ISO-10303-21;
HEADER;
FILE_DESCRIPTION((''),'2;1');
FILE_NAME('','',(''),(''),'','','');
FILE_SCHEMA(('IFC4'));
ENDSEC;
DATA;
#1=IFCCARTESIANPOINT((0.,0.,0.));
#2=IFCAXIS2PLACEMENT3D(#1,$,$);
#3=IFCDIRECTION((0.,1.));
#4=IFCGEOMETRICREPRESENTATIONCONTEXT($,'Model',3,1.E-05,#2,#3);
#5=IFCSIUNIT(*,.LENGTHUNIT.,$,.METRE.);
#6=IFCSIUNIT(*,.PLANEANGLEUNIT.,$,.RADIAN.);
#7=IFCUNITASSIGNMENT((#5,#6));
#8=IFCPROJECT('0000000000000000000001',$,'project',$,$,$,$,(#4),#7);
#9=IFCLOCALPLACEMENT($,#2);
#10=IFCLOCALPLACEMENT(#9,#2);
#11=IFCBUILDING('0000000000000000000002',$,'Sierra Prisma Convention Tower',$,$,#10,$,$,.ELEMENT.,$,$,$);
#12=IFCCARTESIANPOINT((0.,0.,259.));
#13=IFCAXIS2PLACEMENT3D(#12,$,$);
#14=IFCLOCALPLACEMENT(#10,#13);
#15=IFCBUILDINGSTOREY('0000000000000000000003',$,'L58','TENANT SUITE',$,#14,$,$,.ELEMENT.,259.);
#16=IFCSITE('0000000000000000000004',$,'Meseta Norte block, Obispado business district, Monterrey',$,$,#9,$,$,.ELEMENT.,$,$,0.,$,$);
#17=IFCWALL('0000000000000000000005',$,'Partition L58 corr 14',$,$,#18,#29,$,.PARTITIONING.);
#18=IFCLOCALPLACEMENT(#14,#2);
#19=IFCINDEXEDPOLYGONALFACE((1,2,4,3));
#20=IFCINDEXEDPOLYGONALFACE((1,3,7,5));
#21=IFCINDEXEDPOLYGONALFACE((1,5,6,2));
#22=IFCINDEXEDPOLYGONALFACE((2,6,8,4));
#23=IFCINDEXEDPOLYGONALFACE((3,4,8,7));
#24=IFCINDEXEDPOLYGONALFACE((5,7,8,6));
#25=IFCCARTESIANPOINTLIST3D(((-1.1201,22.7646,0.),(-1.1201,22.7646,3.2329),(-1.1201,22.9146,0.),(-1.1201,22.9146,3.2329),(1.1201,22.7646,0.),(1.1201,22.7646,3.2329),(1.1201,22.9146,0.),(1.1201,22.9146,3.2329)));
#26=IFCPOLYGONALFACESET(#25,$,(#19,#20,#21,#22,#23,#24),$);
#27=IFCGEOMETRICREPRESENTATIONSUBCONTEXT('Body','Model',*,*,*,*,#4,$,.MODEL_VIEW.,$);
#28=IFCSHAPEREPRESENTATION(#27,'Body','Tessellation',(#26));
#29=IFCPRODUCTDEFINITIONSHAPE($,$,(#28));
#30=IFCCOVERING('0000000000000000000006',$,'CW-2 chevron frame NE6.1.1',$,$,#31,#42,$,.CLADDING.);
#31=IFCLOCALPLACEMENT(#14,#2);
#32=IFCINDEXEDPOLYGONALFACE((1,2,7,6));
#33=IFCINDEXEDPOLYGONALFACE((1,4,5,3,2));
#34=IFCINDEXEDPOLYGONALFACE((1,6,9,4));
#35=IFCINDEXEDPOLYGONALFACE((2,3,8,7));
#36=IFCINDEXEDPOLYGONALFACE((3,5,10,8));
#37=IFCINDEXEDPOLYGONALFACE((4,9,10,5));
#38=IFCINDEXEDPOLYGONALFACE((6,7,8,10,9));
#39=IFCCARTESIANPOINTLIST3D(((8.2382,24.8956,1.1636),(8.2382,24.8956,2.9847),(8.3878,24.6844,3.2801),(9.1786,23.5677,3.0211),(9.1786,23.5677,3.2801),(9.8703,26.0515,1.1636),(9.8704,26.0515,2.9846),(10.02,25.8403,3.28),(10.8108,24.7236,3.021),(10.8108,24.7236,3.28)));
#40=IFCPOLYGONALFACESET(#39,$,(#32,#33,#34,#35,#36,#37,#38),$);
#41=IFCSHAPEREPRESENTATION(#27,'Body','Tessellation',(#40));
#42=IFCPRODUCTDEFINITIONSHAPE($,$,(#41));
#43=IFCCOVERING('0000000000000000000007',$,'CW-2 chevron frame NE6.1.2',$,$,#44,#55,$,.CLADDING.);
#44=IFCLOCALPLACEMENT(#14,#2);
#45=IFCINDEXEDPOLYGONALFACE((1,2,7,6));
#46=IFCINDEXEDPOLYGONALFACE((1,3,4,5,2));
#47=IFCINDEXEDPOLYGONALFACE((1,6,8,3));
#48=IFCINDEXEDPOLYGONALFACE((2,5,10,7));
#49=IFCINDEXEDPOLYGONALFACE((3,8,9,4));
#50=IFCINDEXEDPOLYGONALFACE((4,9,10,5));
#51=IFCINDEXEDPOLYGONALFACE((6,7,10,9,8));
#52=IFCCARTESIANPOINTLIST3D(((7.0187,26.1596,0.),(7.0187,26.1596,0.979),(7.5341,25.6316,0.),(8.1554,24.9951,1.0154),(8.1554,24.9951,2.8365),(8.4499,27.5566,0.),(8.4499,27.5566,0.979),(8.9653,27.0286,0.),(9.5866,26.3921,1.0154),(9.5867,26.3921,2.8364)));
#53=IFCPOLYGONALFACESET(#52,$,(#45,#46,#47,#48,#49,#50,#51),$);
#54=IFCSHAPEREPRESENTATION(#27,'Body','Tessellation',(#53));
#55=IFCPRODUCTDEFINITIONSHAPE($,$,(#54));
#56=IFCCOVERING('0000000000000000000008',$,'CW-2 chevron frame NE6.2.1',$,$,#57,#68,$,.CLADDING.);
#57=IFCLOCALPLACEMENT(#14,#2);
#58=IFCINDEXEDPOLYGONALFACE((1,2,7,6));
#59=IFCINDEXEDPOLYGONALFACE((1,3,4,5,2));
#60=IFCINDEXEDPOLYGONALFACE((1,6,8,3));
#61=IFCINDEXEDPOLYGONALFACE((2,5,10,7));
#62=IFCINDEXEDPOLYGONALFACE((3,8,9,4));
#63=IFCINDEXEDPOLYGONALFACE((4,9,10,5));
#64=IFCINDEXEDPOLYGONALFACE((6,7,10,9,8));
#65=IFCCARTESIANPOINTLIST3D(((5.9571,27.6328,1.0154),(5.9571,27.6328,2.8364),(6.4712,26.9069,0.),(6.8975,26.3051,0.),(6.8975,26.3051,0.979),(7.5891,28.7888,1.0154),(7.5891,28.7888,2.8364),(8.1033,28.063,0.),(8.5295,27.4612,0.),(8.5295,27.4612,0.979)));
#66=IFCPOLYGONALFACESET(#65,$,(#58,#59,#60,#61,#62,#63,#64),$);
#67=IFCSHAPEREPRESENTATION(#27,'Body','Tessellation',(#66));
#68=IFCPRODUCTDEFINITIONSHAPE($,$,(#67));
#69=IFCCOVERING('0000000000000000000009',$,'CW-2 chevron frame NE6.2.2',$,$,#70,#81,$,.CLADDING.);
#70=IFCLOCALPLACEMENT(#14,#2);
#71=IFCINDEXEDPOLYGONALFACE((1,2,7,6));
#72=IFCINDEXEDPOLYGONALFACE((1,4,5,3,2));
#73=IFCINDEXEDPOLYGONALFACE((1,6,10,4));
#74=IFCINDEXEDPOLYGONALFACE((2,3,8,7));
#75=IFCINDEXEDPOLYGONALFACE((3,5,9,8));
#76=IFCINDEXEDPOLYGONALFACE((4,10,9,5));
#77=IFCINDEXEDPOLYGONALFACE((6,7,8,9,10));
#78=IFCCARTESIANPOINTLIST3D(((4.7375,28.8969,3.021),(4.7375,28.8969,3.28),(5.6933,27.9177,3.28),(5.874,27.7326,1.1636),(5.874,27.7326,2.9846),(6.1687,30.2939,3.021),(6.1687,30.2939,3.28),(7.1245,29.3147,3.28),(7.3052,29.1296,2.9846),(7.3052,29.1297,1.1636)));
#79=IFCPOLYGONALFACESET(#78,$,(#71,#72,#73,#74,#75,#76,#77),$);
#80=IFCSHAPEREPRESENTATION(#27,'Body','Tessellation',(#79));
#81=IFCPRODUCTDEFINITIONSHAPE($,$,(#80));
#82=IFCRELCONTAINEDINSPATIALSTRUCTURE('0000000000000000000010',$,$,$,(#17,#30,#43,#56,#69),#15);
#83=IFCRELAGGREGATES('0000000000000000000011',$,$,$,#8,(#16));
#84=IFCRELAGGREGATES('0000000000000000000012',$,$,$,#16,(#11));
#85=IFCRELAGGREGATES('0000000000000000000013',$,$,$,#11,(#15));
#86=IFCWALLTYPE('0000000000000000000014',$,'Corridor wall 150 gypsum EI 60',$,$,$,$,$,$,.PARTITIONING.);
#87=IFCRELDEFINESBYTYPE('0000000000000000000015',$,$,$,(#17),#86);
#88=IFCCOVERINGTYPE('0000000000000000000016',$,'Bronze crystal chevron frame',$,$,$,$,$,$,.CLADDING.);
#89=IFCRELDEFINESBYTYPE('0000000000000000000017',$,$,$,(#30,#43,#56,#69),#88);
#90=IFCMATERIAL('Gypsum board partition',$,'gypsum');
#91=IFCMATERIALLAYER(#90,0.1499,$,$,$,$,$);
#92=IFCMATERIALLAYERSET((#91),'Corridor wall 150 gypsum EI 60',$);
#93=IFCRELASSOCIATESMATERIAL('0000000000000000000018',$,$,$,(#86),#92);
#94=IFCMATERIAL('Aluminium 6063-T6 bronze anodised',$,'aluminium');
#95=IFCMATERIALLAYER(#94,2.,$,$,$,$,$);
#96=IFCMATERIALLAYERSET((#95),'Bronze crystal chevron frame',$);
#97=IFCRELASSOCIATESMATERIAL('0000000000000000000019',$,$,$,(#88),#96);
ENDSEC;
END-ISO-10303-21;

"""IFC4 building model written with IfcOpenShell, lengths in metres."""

from ifc_helpers import new_model, si_unit, direction, frame, frame_2d, origin, place, context, subcontext, project, spatial, polyline, rectangle, outline, extrude, material, layer, layer_set, type_object, element, save


model = new_model("IFC4")

# Units and contexts
model_context = context("Model", 3, precision=1e-05, world=origin(), true_north=direction((0.0, 1.0)))
body_context = subcontext(model_context, "Body", "Model", "MODEL_VIEW")
ifc_project = project(units=[si_unit("LENGTHUNIT", "METRE"), si_unit("PLANEANGLEUNIT", "RADIAN")], contexts=[model_context])

# Site, building, storey
site_placement = place(None, origin())
site = spatial("IfcSite", under=ifc_project, at=site_placement, Name="Meseta Norte block, Obispado business district, Monterrey", CompositionType="ELEMENT", RefElevation=0.0)
building_placement = place(site_placement, origin())
building = spatial("IfcBuilding", under=site, at=building_placement, Name="Sierra Prisma Convention Tower", CompositionType="ELEMENT")
storey_placement = place(building_placement, frame((0.0, 0.0, 259.0)))
storey = spatial("IfcBuildingStorey", under=building, at=storey_placement, Name="L58", Description="TENANT SUITE", CompositionType="ELEMENT", Elevation=259.0)

# Wall
ifc_material_1 = material(Name="Gypsum board partition", Category="gypsum")
ifc_layer_1 = layer(ifc_material_1, 0.1499)
ifc_layer_set_1 = layer_set([ifc_layer_1], Name="Corridor wall 150 gypsum EI 60")
wall_type = type_object("IfcWallType", Name="Corridor wall 150 gypsum EI 60", PredefinedType="PARTITIONING", material=ifc_layer_set_1)
wall_placement = place(storey_placement, frame((1.1201, 22.8396, 0.0), z_axis=(0.0, 0.0, 1.0), x_axis=(-1.0, 0.0, 0.0)))
element("IfcWall", 1, at=wall_placement, inside=storey, type_object=wall_type, Name="Partition L58 corr 14", PredefinedType="PARTITIONING", context=body_context, shape_type="SweptSolid", body=[
    extrude(rectangle(XDim=2.2402, YDim=0.1499, at=frame_2d((1.1201, 0.0))), origin(), (0.0, 0.0, 1.0), 3.2329),
])

# Coverings
ifc_material_2 = material(Name="Aluminium 6063-T6 bronze anodised", Category="aluminium")
ifc_layer_2 = layer(ifc_material_2, 2.0)
ifc_layer_set_2 = layer_set([ifc_layer_2], Name="Bronze crystal chevron frame")
covering_type = type_object("IfcCoveringType", Name="Bronze crystal chevron frame", PredefinedType="CLADDING", material=ifc_layer_set_2)
covering_1_placement = place(storey_placement, frame((10.8108, 24.7236, 3.28), z_axis=(0.816072, 0.57795, -0.000033), x_axis=(-0.000027, -0.000019, -1.0)))
element("IfcCovering", 2, at=covering_1_placement, inside=storey, type_object=covering_type, Name="CW-2 chevron frame NE6.1.1", PredefinedType="CLADDING", context=body_context, shape_type="SweptSolid", body=[
    extrude(outline(polyline([(0.0, 0.0), (0.259, 0.0), (2.1165, 1.6272), (0.2954, 1.6272), (0.0, 1.3683), (0.0, 0.0)])), origin(), (0.0, 0.0, -1.0), 2.0),
])
covering_2_placement = place(storey_placement, frame((9.5867, 26.3921, 2.8364), z_axis=(0.715613, 0.698496, -0.000016), x_axis=(-0.000012, -0.000011, -1.0)))
element("IfcCovering", 3, at=covering_2_placement, inside=storey, type_object=covering_type, Name="CW-2 chevron frame NE6.1.2", PredefinedType="CLADDING", context=body_context, shape_type="SweptSolid", body=[
    extrude(outline(polyline([(0.0, 0.0), (1.821, 0.0), (2.8364, 0.8895), (2.8364, 1.6274), (1.8574, 1.6274), (0.0, 0.0)])), origin(), (0.0, 0.0, -1.0), 2.0),
])
covering_3_placement = place(storey_placement, frame((8.5295, 27.4612, 0.0), z_axis=(0.81602, 0.578023, 0.000005), x_axis=(-0.578023, 0.81602, 0.0)))
element("IfcCovering", 4, at=covering_3_placement, inside=storey, type_object=covering_type, Name="CW-2 chevron frame NE6.2.1", PredefinedType="CLADDING", context=body_context, shape_type="SweptSolid", body=[
    extrude(outline(polyline([(0.0, 0.0), (0.7375, 0.0), (1.627, 1.0154), (1.627, 2.8364), (0.0, 0.979), (0.0, 0.0)])), origin(), (0.0, 0.0, -1.0), 2.0),
])
covering_4_placement = place(storey_placement, frame((6.1687, 30.2939, 3.28), z_axis=(0.715609, 0.698501, 0.000009), x_axis=(0.698501, -0.715609, 0.0)))
element("IfcCovering", 5, at=covering_4_placement, inside=storey, type_object=covering_type, Name="CW-2 chevron frame NE6.2.2", PredefinedType="CLADDING", context=body_context, shape_type="SweptSolid", body=[
    extrude(outline(polyline([(0.0, 0.0), (1.3684, 0.0), (1.627, 0.2954), (1.627, 2.1165), (0.0, 0.259), (0.0, 0.0)])), origin(), (0.0, 0.0, -1.0), 2.0),
])

save(model, "model.ifc")
